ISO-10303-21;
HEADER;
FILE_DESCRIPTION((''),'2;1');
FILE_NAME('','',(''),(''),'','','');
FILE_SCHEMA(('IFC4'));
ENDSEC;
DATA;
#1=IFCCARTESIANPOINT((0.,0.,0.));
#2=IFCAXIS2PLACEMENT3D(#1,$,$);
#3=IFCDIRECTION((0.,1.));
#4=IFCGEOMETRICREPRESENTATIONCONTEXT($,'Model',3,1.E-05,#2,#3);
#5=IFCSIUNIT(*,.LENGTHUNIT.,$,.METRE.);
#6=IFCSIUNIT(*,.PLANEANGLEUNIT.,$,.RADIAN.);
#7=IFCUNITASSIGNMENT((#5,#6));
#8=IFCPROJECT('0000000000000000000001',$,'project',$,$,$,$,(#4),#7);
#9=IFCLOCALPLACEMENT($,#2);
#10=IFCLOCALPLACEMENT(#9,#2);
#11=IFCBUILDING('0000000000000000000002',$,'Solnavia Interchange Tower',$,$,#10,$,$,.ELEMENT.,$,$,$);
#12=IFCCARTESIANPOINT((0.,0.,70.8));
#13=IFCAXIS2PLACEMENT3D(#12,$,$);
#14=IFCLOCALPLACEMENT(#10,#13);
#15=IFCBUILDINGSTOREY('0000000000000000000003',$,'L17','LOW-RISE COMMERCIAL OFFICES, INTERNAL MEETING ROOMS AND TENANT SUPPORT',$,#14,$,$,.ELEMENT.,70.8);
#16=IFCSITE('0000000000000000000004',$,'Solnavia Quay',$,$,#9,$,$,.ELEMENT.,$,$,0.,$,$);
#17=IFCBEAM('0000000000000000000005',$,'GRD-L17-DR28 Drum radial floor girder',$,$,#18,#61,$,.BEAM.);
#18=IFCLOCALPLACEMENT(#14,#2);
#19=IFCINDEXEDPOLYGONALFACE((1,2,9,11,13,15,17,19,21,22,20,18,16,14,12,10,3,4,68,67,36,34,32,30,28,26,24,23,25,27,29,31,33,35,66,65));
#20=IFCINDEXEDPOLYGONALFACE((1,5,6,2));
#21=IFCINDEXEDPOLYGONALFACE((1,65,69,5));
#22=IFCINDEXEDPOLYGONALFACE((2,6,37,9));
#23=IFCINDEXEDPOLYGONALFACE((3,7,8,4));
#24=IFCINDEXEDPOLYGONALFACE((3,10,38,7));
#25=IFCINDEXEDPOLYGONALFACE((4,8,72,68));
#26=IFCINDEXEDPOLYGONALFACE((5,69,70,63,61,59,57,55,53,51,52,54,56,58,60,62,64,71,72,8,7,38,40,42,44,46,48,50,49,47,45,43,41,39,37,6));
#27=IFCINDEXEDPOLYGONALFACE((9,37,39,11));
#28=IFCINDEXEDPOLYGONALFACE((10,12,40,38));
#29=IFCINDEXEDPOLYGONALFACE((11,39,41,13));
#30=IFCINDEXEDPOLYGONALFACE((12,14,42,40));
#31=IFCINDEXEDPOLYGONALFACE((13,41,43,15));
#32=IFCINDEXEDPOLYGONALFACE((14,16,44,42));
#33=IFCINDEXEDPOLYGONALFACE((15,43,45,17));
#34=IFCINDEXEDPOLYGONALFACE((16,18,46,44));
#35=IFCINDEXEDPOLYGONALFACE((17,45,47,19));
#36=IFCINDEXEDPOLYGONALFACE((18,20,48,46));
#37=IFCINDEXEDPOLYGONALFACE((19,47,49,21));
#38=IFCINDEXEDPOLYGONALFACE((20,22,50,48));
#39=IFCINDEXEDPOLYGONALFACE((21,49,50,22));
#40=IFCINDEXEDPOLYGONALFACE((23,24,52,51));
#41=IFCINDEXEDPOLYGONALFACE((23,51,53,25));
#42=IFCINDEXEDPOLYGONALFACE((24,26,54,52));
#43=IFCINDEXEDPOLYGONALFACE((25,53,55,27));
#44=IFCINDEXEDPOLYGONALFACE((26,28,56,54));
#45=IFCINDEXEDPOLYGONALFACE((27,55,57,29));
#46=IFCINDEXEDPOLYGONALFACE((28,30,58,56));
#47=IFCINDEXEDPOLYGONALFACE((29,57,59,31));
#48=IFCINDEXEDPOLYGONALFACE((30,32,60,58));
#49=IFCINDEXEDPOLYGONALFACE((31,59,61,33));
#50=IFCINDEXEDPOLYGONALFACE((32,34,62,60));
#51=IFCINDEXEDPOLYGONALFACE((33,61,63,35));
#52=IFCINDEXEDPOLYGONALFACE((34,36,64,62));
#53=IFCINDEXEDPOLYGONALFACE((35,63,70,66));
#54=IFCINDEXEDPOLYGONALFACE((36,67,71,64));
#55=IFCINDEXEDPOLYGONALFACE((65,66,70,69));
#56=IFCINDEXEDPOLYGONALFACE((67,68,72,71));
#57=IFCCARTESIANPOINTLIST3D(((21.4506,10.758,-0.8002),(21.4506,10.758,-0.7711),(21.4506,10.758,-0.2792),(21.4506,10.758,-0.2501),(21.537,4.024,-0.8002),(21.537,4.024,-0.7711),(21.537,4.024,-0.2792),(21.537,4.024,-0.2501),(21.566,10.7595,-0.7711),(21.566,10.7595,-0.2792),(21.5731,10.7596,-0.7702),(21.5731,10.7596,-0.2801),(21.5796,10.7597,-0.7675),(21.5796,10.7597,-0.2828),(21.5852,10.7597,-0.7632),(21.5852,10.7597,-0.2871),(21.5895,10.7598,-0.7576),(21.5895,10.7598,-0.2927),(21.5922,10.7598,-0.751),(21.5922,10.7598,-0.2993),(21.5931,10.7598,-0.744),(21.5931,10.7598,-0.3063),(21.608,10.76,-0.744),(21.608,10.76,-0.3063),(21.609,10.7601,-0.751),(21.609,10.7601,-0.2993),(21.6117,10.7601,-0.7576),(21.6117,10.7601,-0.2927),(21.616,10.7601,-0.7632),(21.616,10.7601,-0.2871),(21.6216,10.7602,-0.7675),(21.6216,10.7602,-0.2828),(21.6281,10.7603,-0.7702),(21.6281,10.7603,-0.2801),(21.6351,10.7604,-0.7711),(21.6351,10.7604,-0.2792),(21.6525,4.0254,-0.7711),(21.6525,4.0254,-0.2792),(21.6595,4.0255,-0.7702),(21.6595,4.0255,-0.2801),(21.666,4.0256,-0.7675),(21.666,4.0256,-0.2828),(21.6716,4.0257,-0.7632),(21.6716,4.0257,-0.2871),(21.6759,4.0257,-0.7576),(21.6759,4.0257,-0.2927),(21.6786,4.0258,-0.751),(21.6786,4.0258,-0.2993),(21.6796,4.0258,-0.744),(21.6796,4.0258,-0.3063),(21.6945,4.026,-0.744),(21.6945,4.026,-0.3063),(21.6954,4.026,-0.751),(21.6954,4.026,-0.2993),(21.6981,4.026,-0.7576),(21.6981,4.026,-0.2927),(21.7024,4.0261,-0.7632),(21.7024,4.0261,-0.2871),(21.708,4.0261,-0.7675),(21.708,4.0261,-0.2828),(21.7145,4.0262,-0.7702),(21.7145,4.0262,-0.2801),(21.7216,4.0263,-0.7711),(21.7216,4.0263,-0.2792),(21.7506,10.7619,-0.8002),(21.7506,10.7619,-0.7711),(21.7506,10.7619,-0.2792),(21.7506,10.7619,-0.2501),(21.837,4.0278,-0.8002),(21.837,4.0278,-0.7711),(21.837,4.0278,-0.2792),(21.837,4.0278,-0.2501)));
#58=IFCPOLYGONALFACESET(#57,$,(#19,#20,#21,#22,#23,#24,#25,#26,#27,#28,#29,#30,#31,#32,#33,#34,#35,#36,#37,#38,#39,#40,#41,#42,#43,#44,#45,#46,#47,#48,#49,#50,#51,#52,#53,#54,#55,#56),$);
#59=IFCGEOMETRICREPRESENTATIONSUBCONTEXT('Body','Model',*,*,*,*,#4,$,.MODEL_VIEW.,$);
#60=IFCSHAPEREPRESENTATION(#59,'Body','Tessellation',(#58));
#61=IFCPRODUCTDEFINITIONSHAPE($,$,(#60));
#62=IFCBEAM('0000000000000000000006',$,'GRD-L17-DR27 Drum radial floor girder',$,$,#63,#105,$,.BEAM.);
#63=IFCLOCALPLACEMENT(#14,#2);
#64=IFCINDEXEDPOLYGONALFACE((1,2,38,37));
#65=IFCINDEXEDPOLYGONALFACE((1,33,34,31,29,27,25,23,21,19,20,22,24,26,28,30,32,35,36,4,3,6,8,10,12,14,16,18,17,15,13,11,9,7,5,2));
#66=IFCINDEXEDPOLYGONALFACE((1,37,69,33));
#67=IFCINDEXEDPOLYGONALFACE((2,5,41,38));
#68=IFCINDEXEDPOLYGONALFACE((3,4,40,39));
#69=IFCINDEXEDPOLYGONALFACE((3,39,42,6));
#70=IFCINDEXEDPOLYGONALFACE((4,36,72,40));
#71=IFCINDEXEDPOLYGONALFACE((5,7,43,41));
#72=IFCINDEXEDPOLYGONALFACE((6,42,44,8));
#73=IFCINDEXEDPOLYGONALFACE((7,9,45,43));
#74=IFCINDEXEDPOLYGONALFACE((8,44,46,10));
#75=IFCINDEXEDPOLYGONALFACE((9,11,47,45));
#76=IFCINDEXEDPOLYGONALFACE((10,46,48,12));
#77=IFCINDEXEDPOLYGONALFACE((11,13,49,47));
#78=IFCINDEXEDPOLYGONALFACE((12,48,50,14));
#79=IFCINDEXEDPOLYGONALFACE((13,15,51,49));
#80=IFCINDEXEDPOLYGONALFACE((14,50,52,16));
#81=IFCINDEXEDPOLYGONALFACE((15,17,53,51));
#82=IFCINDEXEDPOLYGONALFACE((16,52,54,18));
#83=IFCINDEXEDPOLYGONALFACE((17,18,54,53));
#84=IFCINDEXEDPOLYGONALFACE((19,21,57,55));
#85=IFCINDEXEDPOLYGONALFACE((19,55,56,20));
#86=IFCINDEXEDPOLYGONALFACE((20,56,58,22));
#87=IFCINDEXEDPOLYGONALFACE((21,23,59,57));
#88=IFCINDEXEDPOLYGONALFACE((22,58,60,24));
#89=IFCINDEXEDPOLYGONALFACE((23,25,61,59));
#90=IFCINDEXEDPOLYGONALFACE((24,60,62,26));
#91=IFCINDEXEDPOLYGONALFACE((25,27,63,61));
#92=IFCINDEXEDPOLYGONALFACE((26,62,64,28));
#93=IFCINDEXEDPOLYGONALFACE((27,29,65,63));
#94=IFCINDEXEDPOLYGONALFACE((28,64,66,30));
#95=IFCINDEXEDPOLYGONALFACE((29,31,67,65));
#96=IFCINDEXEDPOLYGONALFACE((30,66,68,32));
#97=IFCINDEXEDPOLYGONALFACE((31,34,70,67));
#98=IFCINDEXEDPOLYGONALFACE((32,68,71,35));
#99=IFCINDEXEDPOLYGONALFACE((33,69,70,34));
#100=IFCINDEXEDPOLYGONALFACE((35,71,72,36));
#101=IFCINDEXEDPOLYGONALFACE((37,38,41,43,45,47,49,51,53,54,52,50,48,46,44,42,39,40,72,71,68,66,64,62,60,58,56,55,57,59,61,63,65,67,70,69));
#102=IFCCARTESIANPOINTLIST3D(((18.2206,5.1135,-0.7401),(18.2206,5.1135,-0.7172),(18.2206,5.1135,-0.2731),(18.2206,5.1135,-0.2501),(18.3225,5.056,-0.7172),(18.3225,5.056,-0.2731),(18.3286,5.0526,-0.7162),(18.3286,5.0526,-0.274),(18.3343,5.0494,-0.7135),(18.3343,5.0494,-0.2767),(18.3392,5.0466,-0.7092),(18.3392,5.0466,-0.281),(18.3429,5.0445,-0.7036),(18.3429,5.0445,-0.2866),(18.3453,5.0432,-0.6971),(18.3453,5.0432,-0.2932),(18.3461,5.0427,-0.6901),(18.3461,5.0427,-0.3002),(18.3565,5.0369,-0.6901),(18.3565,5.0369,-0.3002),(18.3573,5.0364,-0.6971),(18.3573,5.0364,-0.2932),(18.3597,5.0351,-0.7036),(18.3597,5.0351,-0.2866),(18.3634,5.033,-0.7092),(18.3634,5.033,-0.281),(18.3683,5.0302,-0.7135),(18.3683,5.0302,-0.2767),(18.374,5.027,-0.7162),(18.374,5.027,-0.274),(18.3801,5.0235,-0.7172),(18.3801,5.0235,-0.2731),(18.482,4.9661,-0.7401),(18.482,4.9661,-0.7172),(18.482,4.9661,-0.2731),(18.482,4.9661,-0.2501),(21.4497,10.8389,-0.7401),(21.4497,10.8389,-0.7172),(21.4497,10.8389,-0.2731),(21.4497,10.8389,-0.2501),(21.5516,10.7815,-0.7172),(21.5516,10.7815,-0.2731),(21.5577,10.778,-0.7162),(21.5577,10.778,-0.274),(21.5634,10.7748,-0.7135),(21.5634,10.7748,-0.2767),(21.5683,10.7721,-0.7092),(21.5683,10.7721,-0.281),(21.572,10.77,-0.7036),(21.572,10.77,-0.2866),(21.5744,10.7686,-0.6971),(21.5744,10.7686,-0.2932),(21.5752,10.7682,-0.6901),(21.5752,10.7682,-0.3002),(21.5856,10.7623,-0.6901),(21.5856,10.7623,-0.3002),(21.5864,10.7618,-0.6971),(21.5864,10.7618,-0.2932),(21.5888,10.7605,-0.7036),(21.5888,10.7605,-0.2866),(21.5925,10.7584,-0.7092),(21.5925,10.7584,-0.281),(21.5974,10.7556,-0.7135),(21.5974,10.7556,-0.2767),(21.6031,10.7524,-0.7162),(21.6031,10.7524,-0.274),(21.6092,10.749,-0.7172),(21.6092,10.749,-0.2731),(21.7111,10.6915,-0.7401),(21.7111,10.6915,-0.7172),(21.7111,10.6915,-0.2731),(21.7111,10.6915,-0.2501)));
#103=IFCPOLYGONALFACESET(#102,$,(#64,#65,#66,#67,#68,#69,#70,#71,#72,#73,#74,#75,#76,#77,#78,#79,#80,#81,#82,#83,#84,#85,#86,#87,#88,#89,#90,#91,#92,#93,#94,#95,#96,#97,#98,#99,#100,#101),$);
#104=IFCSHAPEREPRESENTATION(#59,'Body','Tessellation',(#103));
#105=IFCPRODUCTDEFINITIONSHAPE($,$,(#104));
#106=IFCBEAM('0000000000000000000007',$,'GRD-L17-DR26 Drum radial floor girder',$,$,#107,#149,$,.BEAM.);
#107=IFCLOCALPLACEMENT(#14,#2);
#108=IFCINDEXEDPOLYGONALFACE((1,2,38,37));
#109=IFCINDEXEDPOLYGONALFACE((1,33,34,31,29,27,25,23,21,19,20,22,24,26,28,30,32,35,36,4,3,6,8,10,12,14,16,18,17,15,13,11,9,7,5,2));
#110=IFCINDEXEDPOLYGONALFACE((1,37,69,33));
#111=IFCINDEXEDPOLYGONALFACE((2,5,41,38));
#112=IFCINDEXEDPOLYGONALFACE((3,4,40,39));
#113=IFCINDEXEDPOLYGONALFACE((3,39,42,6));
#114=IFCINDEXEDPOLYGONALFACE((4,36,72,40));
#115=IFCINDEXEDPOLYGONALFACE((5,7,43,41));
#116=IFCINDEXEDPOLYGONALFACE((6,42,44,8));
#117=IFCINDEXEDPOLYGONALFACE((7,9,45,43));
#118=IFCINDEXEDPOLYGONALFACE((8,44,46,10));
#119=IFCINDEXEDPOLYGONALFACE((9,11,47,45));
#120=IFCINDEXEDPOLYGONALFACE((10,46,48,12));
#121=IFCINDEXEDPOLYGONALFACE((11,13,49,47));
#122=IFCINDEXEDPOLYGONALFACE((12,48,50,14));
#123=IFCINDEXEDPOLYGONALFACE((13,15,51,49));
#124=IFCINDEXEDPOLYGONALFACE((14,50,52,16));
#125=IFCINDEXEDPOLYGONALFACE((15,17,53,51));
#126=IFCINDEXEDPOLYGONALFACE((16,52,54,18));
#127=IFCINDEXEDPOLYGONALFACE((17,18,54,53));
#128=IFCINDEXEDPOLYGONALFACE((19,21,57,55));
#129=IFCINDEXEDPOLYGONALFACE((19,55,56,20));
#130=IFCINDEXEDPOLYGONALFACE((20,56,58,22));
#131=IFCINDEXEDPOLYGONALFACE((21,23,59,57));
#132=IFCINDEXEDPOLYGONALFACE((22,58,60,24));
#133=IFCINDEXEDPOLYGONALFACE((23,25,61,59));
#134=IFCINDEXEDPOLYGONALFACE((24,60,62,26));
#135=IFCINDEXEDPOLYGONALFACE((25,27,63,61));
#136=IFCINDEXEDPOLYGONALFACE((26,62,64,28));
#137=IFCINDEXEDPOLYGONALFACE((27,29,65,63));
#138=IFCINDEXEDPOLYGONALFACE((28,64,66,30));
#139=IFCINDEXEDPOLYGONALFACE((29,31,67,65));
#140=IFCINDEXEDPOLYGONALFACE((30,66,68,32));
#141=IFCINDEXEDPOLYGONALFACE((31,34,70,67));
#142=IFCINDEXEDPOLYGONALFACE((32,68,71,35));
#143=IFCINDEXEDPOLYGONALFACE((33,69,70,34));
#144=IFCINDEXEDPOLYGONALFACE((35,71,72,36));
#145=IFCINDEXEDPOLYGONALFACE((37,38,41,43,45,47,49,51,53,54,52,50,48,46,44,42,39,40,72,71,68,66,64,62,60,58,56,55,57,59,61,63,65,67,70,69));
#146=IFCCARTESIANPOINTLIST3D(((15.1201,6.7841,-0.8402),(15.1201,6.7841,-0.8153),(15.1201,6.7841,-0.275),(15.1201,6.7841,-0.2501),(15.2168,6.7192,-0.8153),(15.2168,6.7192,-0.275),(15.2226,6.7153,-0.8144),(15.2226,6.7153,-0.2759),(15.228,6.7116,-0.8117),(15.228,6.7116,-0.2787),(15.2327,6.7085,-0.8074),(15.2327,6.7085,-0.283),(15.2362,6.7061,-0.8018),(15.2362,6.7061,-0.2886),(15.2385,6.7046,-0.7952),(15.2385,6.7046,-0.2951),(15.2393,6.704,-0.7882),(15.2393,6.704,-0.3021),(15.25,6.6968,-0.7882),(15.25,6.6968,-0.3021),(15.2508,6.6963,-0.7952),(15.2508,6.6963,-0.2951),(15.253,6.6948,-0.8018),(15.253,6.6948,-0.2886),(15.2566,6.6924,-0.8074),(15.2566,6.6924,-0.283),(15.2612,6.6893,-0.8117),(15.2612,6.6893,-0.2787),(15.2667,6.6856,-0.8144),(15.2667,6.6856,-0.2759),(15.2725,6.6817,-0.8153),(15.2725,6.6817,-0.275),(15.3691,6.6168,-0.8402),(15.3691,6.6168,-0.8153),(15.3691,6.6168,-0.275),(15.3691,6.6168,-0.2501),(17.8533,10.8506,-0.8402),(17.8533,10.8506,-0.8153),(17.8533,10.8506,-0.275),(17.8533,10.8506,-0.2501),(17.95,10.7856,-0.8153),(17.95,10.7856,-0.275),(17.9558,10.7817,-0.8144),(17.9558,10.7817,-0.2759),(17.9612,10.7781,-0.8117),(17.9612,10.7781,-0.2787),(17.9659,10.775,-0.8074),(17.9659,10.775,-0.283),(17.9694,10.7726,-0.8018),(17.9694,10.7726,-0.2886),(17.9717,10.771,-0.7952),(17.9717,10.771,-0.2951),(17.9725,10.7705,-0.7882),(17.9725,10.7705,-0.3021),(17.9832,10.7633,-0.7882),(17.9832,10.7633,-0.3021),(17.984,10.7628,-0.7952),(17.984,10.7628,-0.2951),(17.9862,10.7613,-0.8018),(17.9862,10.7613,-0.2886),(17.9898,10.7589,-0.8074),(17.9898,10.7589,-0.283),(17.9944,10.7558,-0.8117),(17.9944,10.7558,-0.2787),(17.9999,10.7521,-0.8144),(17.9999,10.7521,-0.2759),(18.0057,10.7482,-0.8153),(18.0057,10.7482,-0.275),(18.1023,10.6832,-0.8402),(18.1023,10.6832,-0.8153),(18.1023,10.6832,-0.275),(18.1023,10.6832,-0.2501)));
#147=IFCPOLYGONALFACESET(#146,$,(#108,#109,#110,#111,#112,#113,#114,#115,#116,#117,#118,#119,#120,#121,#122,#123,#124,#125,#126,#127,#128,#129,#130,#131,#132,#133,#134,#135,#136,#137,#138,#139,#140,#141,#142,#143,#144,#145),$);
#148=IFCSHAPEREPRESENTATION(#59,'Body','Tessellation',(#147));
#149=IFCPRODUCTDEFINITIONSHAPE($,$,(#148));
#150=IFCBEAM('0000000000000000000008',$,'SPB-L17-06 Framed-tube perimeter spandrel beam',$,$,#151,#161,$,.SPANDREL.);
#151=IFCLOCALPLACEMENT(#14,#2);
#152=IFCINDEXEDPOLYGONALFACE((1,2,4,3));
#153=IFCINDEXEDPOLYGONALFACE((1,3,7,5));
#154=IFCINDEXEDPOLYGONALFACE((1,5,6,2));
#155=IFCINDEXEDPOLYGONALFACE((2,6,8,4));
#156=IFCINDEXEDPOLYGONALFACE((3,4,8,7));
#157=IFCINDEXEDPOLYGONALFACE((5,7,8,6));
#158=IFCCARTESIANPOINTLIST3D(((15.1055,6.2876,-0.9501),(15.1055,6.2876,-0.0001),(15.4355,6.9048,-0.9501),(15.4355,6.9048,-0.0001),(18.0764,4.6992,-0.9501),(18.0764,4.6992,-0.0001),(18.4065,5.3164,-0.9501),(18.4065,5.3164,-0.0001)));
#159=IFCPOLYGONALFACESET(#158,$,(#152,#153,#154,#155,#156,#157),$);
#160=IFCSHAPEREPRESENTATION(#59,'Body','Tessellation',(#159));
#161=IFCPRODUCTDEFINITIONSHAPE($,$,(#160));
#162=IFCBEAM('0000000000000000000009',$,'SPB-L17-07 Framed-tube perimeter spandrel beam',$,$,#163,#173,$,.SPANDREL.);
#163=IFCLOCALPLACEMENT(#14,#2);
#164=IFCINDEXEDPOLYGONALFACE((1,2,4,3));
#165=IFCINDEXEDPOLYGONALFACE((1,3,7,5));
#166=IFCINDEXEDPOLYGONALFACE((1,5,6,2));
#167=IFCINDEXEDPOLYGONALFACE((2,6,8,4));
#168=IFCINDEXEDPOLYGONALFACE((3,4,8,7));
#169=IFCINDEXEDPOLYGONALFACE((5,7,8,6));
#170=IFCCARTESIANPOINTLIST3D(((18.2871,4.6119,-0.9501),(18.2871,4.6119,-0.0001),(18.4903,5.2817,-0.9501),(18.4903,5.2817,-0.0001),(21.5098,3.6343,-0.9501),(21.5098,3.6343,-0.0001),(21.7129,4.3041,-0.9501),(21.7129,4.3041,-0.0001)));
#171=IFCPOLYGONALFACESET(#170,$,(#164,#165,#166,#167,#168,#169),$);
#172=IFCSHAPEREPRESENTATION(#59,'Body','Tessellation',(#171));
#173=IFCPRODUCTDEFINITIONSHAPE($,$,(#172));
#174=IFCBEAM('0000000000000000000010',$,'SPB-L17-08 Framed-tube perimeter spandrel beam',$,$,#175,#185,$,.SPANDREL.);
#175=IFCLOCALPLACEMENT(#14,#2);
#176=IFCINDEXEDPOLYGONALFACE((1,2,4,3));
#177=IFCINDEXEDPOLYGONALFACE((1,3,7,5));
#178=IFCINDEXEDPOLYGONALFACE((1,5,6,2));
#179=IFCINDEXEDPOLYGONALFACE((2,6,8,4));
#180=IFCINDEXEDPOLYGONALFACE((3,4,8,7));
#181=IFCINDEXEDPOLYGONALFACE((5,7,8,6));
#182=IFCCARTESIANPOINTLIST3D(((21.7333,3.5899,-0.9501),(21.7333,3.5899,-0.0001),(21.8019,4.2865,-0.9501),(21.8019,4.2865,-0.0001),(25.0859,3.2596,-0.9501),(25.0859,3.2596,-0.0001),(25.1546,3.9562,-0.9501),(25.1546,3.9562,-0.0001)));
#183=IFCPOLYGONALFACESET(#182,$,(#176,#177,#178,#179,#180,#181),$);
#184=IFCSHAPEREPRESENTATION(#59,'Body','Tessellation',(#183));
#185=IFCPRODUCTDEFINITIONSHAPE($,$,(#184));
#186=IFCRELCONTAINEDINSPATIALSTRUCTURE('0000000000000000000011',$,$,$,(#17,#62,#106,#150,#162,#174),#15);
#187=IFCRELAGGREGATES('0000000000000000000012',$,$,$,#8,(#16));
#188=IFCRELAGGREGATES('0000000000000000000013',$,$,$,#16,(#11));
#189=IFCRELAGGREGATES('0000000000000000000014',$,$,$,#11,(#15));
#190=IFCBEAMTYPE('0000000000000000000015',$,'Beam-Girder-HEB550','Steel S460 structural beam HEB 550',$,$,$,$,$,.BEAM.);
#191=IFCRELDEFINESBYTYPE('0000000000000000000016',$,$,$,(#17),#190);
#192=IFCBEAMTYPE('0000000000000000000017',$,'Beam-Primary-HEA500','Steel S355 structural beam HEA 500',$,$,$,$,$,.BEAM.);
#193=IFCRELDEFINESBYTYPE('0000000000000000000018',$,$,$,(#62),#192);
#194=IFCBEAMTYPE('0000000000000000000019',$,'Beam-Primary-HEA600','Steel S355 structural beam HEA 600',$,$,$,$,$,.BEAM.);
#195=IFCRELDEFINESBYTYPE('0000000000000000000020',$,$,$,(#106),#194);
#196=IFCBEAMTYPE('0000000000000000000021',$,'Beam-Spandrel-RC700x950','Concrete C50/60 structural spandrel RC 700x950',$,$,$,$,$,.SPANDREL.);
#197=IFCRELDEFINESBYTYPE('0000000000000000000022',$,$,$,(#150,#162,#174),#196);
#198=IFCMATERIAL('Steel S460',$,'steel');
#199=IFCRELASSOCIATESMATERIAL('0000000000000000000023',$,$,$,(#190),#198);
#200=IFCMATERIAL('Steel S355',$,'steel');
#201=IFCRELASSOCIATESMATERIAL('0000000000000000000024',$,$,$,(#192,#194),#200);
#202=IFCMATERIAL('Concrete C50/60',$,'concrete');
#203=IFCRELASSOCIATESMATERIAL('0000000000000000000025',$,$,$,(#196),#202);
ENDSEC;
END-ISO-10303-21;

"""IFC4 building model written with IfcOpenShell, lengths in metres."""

from ifc_helpers import new_model, si_unit, direction, frame, origin, origin_2d, place, context, subcontext, project, spatial, rectangle, i_section, extrude, material, material_profile, profile_set, type_object, element, save


model = new_model("IFC4")

# Units and contexts
model_context = context("Model", 3, precision=1e-05, world=origin(), true_north=direction((0.0, 1.0)))
body_context = subcontext(model_context, "Body", "Model", "MODEL_VIEW")
ifc_project = project(units=[si_unit("LENGTHUNIT", "METRE"), si_unit("PLANEANGLEUNIT", "RADIAN")], contexts=[model_context])

# Site, building, storey
site_placement = place(None, origin())
site = spatial("IfcSite", under=ifc_project, at=site_placement, Name="Solnavia Quay", CompositionType="ELEMENT", RefElevation=0.0)
building_placement = place(site_placement, origin())
building = spatial("IfcBuilding", under=site, at=building_placement, Name="Solnavia Interchange Tower", CompositionType="ELEMENT")
storey_placement = place(building_placement, frame((0.0, 0.0, 70.8)))
storey = spatial("IfcBuildingStorey", under=building, at=storey_placement, Name="L17", Description="LOW-RISE COMMERCIAL OFFICES, INTERNAL MEETING ROOMS AND TENANT SUPPORT", CompositionType="ELEMENT", Elevation=70.8)

# Shared definitions
ifc_material_1 = material(Name="Steel S355", Category="steel")

# Beams
ifc_material_2 = material(Name="Steel S460", Category="steel")
ifc_material_profile_1 = material_profile(ifc_material_2, i_section(OverallWidth=0.3, OverallDepth=0.55, WebThickness=0.0149, FlangeThickness=0.0291, FilletRadius=0.0271, at=origin_2d()), Name="HEB 550")
ifc_profile_set_1 = profile_set([ifc_material_profile_1], Name="Steel S460")
beam_type_1 = type_object("IfcBeamType", Name="Beam-Girder-HEB550", Description="Steel S460 structural beam HEB 550", PredefinedType="BEAM", material=ifc_profile_set_1)
beam_1_placement = place(storey_placement, frame((21.687, 4.0259, -0.5251), z_axis=(-0.012833, 0.999918, 0.0), x_axis=(-0.999918, -0.012833, 0.0)))
element("IfcBeam", 1, at=beam_1_placement, inside=storey, type_object=beam_type_1, Name="GRD-L17-DR28 Drum radial floor girder", PredefinedType="BEAM", context=body_context, shape_type="SweptSolid", body=[
    extrude(i_section(OverallWidth=0.3, OverallDepth=0.55, WebThickness=0.0149, FlangeThickness=0.0291, FilletRadius=0.0271, at=origin_2d()), origin(), (0.0, 0.0, 1.0), 6.7346),
])
ifc_material_profile_2 = material_profile(ifc_material_1, i_section(OverallWidth=0.3, OverallDepth=0.49, WebThickness=0.012, FlangeThickness=0.0229, FilletRadius=0.0271, at=origin_2d()), Name="HEA 500")
ifc_profile_set_2 = profile_set([ifc_material_profile_2], Name="Steel S355")
beam_type_2 = type_object("IfcBeamType", Name="Beam-Primary-HEA500", Description="Steel S355 structural beam HEA 500", PredefinedType="BEAM", material=ifc_profile_set_2)
beam_2_placement = place(storey_placement, frame((18.3513, 5.0398, -0.4951), z_axis=(0.491243, 0.871022, 0.0), x_axis=(-0.871022, 0.491243, 0.0)))
element("IfcBeam", 2, at=beam_2_placement, inside=storey, type_object=beam_type_2, Name="GRD-L17-DR27 Drum radial floor girder", PredefinedType="BEAM", context=body_context, shape_type="SweptSolid", body=[
    extrude(i_section(OverallWidth=0.3, OverallDepth=0.49, WebThickness=0.012, FlangeThickness=0.0229, FilletRadius=0.0271, at=origin_2d()), origin(), (0.0, 0.0, 1.0), 6.5732),
])
ifc_material_profile_3 = material_profile(ifc_material_1, i_section(OverallWidth=0.3, OverallDepth=0.5901, WebThickness=0.0129, FlangeThickness=0.0249, FilletRadius=0.0271, at=origin_2d()), Name="HEA 600")
ifc_profile_set_3 = profile_set([ifc_material_profile_3], Name="Steel S355")
beam_type_3 = type_object("IfcBeamType", Name="Beam-Primary-HEA600", Description="Steel S355 structural beam HEA 600", PredefinedType="BEAM", material=ifc_profile_set_3)
beam_3_placement = place(storey_placement, frame((15.2446, 6.7004, -0.5452), z_axis=(0.557835, 0.829952, 0.0), x_axis=(-0.829952, 0.557835, 0.0)))
element("IfcBeam", 3, at=beam_3_placement, inside=storey, type_object=beam_type_3, Name="GRD-L17-DR26 Drum radial floor girder", PredefinedType="BEAM", context=body_context, shape_type="SweptSolid", body=[
    extrude(i_section(OverallWidth=0.3, OverallDepth=0.5901, WebThickness=0.0129, FlangeThickness=0.0249, FilletRadius=0.0271, at=origin_2d()), origin(), (0.0, 0.0, 1.0), 4.8997),
])
ifc_material_3 = material(Name="Concrete C50/60", Category="concrete")
ifc_material_profile_4 = material_profile(ifc_material_3, rectangle(XDim=0.7, YDim=0.95, at=origin_2d()), Name="RC 700x950")
ifc_profile_set_4 = profile_set([ifc_material_profile_4], Name="Concrete C50/60")
beam_type_4 = type_object("IfcBeamType", Name="Beam-Spandrel-RC700x950", Description="Concrete C50/60 structural spandrel RC 700x950", PredefinedType="SPANDREL", material=ifc_profile_set_4)
beam_4_placement = place(storey_placement, frame((15.2705, 6.5962, -0.4751), z_axis=(0.881875, -0.471483, 0.0), x_axis=(0.471483, 0.881875, 0.0)))
element("IfcBeam", 4, at=beam_4_placement, inside=storey, type_object=beam_type_4, Name="SPB-L17-06 Framed-tube perimeter spandrel beam", PredefinedType="SPANDREL", context=body_context, shape_type="SweptSolid", body=[
    extrude(rectangle(XDim=0.7, YDim=0.95, at=origin_2d()), origin(), (0.0, 0.0, 1.0), 3.3689),
])
beam_5_placement = place(storey_placement, frame((18.3887, 4.9468, -0.4751), z_axis=(0.956944, -0.290273, 0.0), x_axis=(0.290273, 0.956944, 0.0)))
element("IfcBeam", 5, at=beam_5_placement, inside=storey, type_object=beam_type_4, Name="SPB-L17-07 Framed-tube perimeter spandrel beam", PredefinedType="SPANDREL", context=body_context, shape_type="SweptSolid", body=[
    extrude(rectangle(XDim=0.7, YDim=0.95, at=origin_2d()), origin(), (0.0, 0.0, 1.0), 3.3677),
])
beam_6_placement = place(storey_placement, frame((21.7676, 3.9382, -0.4751), z_axis=(0.995182, -0.098047, 0.0), x_axis=(0.098047, 0.995182, 0.0)))
element("IfcBeam", 6, at=beam_6_placement, inside=storey, type_object=beam_type_4, Name="SPB-L17-08 Framed-tube perimeter spandrel beam", PredefinedType="SPANDREL", context=body_context, shape_type="SweptSolid", body=[
    extrude(rectangle(XDim=0.7, YDim=0.95, at=origin_2d()), origin(), (0.0, 0.0, 1.0), 3.3689),
])

save(model, "model.ifc")
